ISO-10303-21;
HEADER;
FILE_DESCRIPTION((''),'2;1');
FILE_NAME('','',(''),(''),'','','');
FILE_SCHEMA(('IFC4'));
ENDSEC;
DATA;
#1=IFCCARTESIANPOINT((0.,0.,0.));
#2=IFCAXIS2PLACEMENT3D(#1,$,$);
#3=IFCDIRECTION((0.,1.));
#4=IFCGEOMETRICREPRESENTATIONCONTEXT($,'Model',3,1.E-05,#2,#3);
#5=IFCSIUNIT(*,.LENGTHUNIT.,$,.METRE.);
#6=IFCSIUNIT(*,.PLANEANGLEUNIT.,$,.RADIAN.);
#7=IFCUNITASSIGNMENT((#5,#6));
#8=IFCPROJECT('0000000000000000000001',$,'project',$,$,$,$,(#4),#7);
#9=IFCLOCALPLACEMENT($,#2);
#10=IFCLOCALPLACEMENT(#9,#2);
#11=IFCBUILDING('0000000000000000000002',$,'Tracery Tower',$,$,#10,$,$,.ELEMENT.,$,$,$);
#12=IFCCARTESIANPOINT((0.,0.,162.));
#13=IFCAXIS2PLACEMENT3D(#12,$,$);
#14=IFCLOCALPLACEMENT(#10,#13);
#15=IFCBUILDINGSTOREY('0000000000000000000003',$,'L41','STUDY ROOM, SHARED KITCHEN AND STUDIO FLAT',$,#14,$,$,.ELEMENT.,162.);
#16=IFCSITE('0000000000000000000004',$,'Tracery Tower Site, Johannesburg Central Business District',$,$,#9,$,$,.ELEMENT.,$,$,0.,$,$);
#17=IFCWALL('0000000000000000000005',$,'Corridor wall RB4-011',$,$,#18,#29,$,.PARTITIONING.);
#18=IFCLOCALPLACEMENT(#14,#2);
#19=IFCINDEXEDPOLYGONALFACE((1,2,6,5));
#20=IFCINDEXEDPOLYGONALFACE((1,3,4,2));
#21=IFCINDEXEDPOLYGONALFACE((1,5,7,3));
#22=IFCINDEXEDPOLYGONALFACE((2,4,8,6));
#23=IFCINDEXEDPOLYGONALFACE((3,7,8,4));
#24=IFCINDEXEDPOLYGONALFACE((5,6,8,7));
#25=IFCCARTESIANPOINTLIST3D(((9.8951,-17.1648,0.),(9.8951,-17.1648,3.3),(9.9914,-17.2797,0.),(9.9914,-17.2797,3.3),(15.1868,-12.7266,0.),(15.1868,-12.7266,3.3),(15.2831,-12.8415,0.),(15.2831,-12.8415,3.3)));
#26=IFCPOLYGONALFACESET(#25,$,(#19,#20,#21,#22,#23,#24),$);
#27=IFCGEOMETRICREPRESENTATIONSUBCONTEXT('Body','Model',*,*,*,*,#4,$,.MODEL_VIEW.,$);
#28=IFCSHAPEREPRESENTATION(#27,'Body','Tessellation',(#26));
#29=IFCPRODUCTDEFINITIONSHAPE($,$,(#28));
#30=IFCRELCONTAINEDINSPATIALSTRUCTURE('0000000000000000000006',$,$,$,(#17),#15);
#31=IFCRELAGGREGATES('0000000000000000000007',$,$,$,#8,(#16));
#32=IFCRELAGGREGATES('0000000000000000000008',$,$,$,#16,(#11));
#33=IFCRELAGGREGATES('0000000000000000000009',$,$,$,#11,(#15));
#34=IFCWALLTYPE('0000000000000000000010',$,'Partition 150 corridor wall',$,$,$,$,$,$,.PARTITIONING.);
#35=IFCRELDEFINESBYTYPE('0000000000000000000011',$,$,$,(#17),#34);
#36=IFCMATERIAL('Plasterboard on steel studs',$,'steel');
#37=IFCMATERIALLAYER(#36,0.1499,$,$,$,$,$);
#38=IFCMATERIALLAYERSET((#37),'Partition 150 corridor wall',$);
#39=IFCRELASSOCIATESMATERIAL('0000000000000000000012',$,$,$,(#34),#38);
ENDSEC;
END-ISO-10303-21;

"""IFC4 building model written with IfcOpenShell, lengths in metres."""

from ifc_helpers import new_model, si_unit, direction, frame, frame_2d, origin, place, context, subcontext, project, spatial, rectangle, extrude, material, layer, layer_set, type_object, element, save


model = new_model("IFC4")

# Units and contexts
model_context = context("Model", 3, precision=1e-05, world=origin(), true_north=direction((0.0, 1.0)))
body_context = subcontext(model_context, "Body", "Model", "MODEL_VIEW")
ifc_project = project(units=[si_unit("LENGTHUNIT", "METRE"), si_unit("PLANEANGLEUNIT", "RADIAN")], contexts=[model_context])

# Site, building, storey
site_placement = place(None, origin())
site = spatial("IfcSite", under=ifc_project, at=site_placement, Name="Tracery Tower Site, Johannesburg Central Business District", CompositionType="ELEMENT", RefElevation=0.0)
building_placement = place(site_placement, origin())
building = spatial("IfcBuilding", under=site, at=building_placement, Name="Tracery Tower", CompositionType="ELEMENT")
storey_placement = place(building_placement, frame((0.0, 0.0, 162.0)))
storey = spatial("IfcBuildingStorey", under=building, at=storey_placement, Name="L41", Description="STUDY ROOM, SHARED KITCHEN AND STUDIO FLAT", CompositionType="ELEMENT", Elevation=162.0)

# Shared definitions
ifc_material_1 = material(Name="Plasterboard on steel studs", Category="steel")
ifc_layer_1 = layer(ifc_material_1, 0.1499)
ifc_layer_set_1 = layer_set([ifc_layer_1], Name="Partition 150 corridor wall")
wall_type_1 = type_object("IfcWallType", Name="Partition 150 corridor wall", PredefinedType="PARTITIONING", material=ifc_layer_set_1)

# Wall
wall_1_placement = place(storey_placement, frame((9.9434, -17.2222, 0.0), z_axis=(0.0, 0.0, 1.0), x_axis=(0.766192, 0.642612, 0.0)))
element("IfcWall", 1, at=wall_1_placement, inside=storey, type_object=wall_type_1, Name="Corridor wall RB4-011", PredefinedType="PARTITIONING", context=body_context, shape_type="SweptSolid", body=[
    extrude(rectangle(XDim=6.9065, YDim=0.1499, at=frame_2d((3.4531, 0.0))), origin(), (0.0, 0.0, 1.0), 3.3),
])

save(model, "model.ifc")
